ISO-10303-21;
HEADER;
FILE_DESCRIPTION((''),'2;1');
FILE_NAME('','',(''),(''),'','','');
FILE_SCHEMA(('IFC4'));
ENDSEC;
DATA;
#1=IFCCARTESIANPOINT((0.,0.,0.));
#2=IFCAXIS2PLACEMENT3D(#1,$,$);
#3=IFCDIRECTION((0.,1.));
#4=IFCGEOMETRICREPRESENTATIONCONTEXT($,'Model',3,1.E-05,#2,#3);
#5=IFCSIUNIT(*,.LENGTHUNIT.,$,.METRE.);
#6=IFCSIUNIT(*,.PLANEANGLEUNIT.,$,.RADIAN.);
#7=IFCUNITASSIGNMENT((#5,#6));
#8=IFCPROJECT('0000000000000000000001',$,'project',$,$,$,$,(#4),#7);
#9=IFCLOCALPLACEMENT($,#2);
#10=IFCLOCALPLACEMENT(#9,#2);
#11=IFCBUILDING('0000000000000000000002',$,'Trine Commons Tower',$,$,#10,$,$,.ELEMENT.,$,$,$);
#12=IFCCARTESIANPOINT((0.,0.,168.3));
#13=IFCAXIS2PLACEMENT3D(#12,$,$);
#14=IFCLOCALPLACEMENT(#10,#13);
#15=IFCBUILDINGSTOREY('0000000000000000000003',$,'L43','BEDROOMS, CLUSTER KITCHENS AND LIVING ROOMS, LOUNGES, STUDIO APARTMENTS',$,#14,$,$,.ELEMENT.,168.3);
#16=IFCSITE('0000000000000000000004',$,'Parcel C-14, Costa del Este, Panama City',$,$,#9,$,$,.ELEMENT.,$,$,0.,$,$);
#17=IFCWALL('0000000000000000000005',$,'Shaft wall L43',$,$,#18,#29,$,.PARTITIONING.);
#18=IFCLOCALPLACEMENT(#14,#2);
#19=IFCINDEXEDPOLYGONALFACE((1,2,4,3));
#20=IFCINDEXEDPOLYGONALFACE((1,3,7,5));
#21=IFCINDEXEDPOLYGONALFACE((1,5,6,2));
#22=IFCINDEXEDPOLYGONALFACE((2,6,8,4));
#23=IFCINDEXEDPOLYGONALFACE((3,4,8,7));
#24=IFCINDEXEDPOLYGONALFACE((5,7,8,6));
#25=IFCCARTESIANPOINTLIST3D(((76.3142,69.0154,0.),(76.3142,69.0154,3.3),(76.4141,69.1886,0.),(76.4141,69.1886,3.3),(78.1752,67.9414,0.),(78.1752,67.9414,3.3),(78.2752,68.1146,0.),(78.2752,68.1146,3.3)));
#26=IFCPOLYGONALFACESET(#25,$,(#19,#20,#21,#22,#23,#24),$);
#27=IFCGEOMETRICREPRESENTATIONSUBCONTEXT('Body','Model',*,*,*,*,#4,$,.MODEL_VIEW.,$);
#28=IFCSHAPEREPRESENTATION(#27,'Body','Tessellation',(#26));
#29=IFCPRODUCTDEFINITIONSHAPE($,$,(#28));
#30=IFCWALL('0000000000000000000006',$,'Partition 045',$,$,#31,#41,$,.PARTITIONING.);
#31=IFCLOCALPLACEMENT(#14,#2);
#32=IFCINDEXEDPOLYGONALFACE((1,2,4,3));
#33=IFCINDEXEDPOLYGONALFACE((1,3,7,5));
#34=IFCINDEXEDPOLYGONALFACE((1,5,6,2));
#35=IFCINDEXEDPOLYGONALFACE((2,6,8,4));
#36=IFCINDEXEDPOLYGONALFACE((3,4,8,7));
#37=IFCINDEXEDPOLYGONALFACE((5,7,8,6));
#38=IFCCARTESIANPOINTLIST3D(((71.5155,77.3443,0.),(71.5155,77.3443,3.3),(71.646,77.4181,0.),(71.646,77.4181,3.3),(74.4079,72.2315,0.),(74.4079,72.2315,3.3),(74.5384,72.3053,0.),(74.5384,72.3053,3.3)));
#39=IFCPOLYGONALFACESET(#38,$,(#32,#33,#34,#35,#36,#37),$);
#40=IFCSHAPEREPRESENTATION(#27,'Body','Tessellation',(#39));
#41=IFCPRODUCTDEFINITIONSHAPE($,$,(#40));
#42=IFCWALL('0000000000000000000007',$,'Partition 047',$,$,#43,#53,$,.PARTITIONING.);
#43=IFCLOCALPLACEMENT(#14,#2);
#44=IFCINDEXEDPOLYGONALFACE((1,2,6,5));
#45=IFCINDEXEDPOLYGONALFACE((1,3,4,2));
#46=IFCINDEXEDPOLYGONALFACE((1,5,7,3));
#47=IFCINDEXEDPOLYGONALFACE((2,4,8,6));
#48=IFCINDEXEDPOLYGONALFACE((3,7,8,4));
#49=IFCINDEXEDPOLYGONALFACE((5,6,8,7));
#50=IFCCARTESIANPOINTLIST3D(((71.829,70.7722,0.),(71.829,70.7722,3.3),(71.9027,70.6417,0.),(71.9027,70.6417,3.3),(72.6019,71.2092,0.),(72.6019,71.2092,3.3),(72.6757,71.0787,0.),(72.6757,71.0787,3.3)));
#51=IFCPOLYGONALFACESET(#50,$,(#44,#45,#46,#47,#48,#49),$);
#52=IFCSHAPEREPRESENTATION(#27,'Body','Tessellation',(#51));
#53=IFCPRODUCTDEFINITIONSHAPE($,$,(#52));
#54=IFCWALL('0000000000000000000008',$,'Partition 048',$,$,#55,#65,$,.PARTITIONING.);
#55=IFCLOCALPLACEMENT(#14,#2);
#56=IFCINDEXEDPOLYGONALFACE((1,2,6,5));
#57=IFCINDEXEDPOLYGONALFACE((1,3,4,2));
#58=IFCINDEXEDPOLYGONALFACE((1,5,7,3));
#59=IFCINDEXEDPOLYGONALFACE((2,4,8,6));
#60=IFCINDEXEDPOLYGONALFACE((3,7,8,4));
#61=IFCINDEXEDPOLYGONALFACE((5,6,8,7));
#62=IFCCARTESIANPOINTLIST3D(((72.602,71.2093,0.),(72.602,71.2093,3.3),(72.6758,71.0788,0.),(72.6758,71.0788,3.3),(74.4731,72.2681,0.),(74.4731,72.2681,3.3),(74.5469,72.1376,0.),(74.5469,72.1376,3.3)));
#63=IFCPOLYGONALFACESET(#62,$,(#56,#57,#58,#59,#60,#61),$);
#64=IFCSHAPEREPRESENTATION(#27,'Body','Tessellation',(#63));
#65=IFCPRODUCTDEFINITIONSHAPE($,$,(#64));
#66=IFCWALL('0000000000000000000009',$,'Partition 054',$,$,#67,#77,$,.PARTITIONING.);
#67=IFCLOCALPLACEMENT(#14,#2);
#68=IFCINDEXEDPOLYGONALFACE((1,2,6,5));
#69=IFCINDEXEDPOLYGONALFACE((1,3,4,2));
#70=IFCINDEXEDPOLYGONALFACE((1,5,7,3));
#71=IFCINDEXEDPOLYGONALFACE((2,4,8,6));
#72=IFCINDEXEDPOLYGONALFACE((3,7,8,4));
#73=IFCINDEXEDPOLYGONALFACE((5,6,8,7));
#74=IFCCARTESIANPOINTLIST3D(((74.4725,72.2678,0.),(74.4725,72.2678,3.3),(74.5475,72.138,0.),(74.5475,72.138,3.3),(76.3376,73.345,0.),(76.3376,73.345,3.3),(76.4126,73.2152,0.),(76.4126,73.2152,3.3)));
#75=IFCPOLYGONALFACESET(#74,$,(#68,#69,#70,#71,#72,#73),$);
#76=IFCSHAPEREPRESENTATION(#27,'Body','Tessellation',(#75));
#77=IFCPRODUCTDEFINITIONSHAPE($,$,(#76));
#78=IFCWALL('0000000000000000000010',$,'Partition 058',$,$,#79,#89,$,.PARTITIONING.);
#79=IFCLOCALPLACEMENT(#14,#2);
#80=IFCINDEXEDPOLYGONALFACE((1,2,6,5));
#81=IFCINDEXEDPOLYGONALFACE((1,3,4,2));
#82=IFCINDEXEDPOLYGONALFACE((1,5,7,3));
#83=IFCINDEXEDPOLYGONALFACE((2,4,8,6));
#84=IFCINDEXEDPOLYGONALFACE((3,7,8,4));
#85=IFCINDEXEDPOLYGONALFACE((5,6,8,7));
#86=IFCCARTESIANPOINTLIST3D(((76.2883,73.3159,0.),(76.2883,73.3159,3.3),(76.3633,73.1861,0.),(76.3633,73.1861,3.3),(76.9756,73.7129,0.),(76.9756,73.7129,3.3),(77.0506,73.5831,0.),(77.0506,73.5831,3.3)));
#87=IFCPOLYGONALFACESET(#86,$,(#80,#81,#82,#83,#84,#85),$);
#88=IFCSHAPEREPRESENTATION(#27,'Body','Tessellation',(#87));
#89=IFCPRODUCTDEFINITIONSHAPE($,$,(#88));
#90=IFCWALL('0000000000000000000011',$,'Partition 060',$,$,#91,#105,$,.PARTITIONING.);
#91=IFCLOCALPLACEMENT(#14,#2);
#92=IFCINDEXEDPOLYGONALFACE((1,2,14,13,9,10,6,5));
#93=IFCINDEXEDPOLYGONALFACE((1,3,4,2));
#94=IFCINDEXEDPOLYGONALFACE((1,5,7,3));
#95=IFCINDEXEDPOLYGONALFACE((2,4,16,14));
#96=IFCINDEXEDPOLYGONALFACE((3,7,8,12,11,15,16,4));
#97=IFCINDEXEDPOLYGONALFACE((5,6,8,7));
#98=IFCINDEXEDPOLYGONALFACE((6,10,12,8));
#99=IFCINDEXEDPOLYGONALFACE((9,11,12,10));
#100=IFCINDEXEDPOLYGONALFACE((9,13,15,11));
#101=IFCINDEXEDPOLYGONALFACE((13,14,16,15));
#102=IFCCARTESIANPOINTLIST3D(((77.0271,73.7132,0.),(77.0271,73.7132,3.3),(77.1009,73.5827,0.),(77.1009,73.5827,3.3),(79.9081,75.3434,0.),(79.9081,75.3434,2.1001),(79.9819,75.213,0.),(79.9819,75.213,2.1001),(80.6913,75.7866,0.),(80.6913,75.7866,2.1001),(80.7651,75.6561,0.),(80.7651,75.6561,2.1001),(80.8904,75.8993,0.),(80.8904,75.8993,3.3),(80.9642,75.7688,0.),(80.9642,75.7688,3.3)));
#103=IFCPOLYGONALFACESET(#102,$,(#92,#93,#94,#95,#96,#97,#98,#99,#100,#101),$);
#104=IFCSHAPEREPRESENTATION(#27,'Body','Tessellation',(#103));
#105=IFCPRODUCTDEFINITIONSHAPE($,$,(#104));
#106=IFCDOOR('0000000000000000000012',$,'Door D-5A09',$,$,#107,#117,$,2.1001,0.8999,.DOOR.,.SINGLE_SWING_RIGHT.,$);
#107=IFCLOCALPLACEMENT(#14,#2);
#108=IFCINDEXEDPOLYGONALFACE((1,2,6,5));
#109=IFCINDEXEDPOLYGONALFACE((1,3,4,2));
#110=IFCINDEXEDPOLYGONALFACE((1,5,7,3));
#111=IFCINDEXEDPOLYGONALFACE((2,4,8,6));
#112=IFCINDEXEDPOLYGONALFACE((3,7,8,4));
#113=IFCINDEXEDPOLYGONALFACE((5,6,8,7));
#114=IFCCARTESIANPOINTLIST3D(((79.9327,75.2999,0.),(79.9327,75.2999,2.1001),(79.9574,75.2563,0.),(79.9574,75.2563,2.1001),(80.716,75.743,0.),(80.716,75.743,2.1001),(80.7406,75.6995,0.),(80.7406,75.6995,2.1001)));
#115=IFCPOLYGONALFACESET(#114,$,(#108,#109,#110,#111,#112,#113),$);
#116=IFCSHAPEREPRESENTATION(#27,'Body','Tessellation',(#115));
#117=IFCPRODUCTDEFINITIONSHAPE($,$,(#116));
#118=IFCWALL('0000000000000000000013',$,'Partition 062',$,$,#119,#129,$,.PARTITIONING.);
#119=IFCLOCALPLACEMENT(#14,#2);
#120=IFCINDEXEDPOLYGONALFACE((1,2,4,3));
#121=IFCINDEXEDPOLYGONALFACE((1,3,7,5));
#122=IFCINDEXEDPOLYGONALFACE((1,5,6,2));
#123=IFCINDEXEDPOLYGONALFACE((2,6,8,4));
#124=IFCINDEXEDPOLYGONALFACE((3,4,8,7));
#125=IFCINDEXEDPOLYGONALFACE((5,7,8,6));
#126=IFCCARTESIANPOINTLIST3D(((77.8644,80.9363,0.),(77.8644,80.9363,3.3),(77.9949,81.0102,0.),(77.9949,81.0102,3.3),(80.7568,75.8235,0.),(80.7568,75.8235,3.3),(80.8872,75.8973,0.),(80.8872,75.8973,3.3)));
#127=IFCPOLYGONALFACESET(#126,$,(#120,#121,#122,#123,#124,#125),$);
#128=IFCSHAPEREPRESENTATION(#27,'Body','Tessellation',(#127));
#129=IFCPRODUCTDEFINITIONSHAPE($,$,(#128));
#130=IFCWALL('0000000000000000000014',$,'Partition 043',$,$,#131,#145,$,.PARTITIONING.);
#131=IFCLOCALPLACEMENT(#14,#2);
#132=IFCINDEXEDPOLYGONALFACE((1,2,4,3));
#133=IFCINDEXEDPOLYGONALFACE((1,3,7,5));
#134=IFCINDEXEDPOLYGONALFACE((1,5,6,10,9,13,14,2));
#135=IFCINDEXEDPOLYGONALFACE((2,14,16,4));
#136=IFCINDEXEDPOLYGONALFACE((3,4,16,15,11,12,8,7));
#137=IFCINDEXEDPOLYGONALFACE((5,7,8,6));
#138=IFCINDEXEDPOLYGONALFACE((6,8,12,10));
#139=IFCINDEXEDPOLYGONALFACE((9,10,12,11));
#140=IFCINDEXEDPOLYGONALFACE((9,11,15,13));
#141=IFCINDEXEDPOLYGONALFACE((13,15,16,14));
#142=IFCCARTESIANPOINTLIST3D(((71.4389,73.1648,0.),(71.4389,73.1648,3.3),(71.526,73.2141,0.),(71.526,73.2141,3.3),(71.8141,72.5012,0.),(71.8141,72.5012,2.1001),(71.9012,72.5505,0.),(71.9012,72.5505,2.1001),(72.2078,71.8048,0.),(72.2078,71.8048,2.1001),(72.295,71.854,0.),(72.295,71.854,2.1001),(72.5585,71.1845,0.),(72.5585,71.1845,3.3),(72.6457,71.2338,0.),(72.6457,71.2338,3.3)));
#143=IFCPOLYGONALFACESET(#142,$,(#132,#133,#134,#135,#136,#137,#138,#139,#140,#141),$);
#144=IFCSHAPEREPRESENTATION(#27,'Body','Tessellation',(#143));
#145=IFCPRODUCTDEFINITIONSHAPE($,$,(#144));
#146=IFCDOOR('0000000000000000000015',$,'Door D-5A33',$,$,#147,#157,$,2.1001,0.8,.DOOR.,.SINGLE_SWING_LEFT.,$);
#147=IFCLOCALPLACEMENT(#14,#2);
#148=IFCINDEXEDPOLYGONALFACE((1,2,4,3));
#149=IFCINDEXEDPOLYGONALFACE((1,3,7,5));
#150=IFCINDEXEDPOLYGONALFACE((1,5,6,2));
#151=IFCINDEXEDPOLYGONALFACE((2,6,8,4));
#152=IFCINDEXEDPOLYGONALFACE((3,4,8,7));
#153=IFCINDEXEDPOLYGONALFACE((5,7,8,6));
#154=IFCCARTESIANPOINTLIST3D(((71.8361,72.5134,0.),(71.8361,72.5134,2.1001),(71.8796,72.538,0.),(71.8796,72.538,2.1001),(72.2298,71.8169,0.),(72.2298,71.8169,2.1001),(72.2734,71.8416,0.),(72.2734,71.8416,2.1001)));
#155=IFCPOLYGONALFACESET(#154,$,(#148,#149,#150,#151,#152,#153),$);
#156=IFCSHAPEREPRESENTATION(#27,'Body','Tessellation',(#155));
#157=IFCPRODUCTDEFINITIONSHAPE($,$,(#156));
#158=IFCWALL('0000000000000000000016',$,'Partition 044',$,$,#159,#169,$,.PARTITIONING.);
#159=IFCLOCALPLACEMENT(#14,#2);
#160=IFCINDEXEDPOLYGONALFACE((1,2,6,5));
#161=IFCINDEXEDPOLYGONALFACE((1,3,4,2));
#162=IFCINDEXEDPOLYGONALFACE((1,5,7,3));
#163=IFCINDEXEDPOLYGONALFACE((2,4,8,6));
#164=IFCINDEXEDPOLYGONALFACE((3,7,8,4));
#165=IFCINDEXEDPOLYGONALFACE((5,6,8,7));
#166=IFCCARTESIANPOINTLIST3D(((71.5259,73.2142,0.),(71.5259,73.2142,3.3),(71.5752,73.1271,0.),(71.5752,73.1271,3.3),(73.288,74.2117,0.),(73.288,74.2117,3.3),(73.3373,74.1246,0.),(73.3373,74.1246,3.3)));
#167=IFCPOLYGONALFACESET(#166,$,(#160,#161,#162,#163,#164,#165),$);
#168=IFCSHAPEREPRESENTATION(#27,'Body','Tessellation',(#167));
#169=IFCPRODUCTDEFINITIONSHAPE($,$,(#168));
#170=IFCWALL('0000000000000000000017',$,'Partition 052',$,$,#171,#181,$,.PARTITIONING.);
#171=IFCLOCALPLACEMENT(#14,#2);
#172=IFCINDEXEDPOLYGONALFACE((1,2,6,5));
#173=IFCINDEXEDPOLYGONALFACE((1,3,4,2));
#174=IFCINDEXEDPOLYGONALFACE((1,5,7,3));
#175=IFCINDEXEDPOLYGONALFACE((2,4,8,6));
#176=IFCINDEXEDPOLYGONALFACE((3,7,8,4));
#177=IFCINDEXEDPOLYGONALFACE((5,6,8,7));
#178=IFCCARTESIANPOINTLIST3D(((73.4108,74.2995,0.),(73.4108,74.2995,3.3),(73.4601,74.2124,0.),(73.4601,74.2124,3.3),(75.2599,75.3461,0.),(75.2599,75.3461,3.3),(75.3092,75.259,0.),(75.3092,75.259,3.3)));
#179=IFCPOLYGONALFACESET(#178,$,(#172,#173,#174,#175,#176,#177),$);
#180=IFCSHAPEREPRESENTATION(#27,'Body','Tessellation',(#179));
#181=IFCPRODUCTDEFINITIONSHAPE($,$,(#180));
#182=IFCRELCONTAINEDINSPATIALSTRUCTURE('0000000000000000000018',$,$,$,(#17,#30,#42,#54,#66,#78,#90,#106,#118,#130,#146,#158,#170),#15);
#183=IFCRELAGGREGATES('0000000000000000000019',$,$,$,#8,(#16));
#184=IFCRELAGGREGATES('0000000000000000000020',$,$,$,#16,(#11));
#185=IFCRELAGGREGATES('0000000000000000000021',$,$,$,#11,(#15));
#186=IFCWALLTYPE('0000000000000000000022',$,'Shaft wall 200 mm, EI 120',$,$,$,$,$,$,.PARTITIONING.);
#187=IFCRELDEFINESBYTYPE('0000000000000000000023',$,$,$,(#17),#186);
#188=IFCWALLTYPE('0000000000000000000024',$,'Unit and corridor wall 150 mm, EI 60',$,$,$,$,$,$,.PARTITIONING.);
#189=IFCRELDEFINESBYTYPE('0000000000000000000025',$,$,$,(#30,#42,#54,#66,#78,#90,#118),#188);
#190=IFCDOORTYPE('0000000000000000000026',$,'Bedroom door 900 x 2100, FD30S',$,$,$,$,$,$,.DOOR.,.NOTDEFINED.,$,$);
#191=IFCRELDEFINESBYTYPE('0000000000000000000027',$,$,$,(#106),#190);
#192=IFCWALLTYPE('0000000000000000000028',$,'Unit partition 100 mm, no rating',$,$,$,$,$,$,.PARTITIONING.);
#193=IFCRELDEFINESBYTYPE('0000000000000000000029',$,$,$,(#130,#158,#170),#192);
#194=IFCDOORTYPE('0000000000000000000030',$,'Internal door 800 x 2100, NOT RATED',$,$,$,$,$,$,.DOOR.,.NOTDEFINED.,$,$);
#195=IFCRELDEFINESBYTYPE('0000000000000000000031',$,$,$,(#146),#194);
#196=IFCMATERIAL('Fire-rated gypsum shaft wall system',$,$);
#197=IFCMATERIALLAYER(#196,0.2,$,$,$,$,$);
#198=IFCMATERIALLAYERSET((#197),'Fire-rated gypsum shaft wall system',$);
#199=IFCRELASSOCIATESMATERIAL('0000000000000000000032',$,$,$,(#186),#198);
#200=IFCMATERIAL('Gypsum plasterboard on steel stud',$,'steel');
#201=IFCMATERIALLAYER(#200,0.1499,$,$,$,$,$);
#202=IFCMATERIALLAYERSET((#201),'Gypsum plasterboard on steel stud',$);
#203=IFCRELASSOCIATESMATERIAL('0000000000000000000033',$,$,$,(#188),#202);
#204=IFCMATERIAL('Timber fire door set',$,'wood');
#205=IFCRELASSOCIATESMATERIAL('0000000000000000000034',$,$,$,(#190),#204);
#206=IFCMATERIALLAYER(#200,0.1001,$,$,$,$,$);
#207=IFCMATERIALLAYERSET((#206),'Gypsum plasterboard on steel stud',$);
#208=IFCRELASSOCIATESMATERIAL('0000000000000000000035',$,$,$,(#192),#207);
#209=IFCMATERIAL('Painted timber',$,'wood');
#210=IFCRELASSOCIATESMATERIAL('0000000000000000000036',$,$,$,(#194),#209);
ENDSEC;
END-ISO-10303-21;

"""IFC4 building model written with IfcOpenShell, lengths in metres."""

from ifc_helpers import new_model, si_unit, direction, frame, frame_2d, origin, place, context, subcontext, project, spatial, rectangle, extrude, material, layer, layer_set, type_object, element, fill, save


model = new_model("IFC4")

# Units and contexts
model_context = context("Model", 3, precision=1e-05, world=origin(), true_north=direction((0.0, 1.0)))
body_context = subcontext(model_context, "Body", "Model", "MODEL_VIEW")
ifc_project = project(units=[si_unit("LENGTHUNIT", "METRE"), si_unit("PLANEANGLEUNIT", "RADIAN")], contexts=[model_context])

# Site, building, storey
site_placement = place(None, origin())
site = spatial("IfcSite", under=ifc_project, at=site_placement, Name="Parcel C-14, Costa del Este, Panama City", CompositionType="ELEMENT", RefElevation=0.0)
building_placement = place(site_placement, origin())
building = spatial("IfcBuilding", under=site, at=building_placement, Name="Trine Commons Tower", CompositionType="ELEMENT")
storey_placement = place(building_placement, frame((0.0, 0.0, 168.3)))
storey = spatial("IfcBuildingStorey", under=building, at=storey_placement, Name="L43", Description="BEDROOMS, CLUSTER KITCHENS AND LIVING ROOMS, LOUNGES, STUDIO APARTMENTS", CompositionType="ELEMENT", Elevation=168.3)

# Walls
ifc_material_1 = material(Name="Fire-rated gypsum shaft wall system")
ifc_layer_1 = layer(ifc_material_1, 0.2)
ifc_layer_set_1 = layer_set([ifc_layer_1], Name="Fire-rated gypsum shaft wall system")
wall_type_1 = type_object("IfcWallType", Name="Shaft wall 200 mm, EI 120", PredefinedType="PARTITIONING", material=ifc_layer_set_1)
wall_1_placement = place(storey_placement, frame((78.2251, 68.0281, 0.0), z_axis=(0.0, 0.0, 1.0), x_axis=(-0.866131, 0.499818, 0.0)))
element("IfcWall", 1, at=wall_1_placement, inside=storey, type_object=wall_type_1, Name="Shaft wall L43", PredefinedType="PARTITIONING", context=body_context, shape_type="SweptSolid", body=[
    extrude(rectangle(XDim=2.1487, YDim=0.2, at=frame_2d((1.0742, 0.0))), origin(), (0.0, 0.0, 1.0), 3.3),
])
ifc_material_2 = material(Name="Gypsum plasterboard on steel stud", Category="steel")
ifc_layer_2 = layer(ifc_material_2, 0.1499)
ifc_layer_set_2 = layer_set([ifc_layer_2], Name="Gypsum plasterboard on steel stud")
wall_type_2 = type_object("IfcWallType", Name="Unit and corridor wall 150 mm, EI 60", PredefinedType="PARTITIONING", material=ifc_layer_set_2)
wall_2_placement = place(storey_placement, frame((71.5808, 77.3811, 0.0), z_axis=(0.0, 0.0, 1.0), x_axis=(0.492379, -0.870381, 0.0)))
element("IfcWall", 2, at=wall_2_placement, inside=storey, type_object=wall_type_2, Name="Partition 045", PredefinedType="PARTITIONING", context=body_context, shape_type="SweptSolid", body=[
    extrude(rectangle(XDim=5.8743, YDim=0.1499, at=frame_2d((2.937, 0.0))), origin(), (0.0, 0.0, 1.0), 3.3),
])
wall_3_placement = place(storey_placement, frame((71.866, 70.707, 0.0), z_axis=(0.0, 0.0, 1.0), x_axis=(0.870501, 0.492166, 0.0)))
element("IfcWall", 3, at=wall_3_placement, inside=storey, type_object=wall_type_2, Name="Partition 047", PredefinedType="PARTITIONING", context=body_context, shape_type="SweptSolid", body=[
    extrude(rectangle(XDim=0.8879, YDim=0.1499, at=frame_2d((0.4438, 0.0))), origin(), (0.0, 0.0, 1.0), 3.3),
])
wall_4_placement = place(storey_placement, frame((72.6389, 71.144, 0.0), z_axis=(0.0, 0.0, 1.0), x_axis=(0.870311, 0.492502, 0.0)))
element("IfcWall", 4, at=wall_4_placement, inside=storey, type_object=wall_type_2, Name="Partition 048", PredefinedType="PARTITIONING", context=body_context, shape_type="SweptSolid", body=[
    extrude(rectangle(XDim=2.1499, YDim=0.1499, at=frame_2d((1.075, 0.0))), origin(), (0.0, 0.0, 1.0), 3.3),
])
wall_5_placement = place(storey_placement, frame((74.51, 72.2029, 0.0), z_axis=(0.0, 0.0, 1.0), x_axis=(0.865946, 0.500138, 0.0)))
element("IfcWall", 5, at=wall_5_placement, inside=storey, type_object=wall_type_2, Name="Partition 054", PredefinedType="PARTITIONING", context=body_context, shape_type="SweptSolid", body=[
    extrude(rectangle(XDim=2.1538, YDim=0.1499, at=frame_2d((1.0769, 0.0))), origin(), (0.0, 0.0, 1.0), 3.3),
])
wall_6_placement = place(storey_placement, frame((76.3257, 73.251, 0.0), z_axis=(0.0, 0.0, 1.0), x_axis=(0.865924, 0.500175, 0.0)))
element("IfcWall", 6, at=wall_6_placement, inside=storey, type_object=wall_type_2, Name="Partition 058", PredefinedType="PARTITIONING", context=body_context, shape_type="SweptSolid", body=[
    extrude(rectangle(XDim=0.7937, YDim=0.1499, at=frame_2d((0.397, 0.0))), origin(), (0.0, 0.0, 1.0), 3.3),
])

# Wall, opening, door
wall_7_placement = place(storey_placement, frame((77.064, 73.6479, 0.0), z_axis=(0.0, 0.0, 1.0), x_axis=(0.870327, 0.492474, 0.0)))
wall_7 = element("IfcWall", 7, at=wall_7_placement, inside=storey, type_object=wall_type_2, Name="Partition 060", PredefinedType="PARTITIONING", context=body_context, shape_type="SweptSolid", body=[
    extrude(rectangle(XDim=4.439, YDim=0.1499, at=frame_2d((2.2195, 0.0))), origin(), (0.0, 0.0, 1.0), 3.3),
])
opening_1_placement = place(wall_7_placement, frame((3.3103, 0.0, 0.0)))
opening_1 = element("IfcOpeningElement", 8, at=opening_1_placement, cuts=wall_7, PredefinedType="OPENING", context=body_context, shape_type="SweptSolid", body=[
    extrude(rectangle(XDim=0.8999, YDim=2.1001, at=frame_2d((0.45, 1.05))), frame((0.0, 0.085, 0.0), z_axis=(0.0, -1.0, 0.0), x_axis=(1.0, 0.0, 0.0)), (0.0, 0.0, 1.0), 0.1699),
])
ifc_material_3 = material(Name="Timber fire door set", Category="wood")
door_type_1 = type_object("IfcDoorType", Name="Bedroom door 900 x 2100, FD30S", OperationType="NOTDEFINED", PredefinedType="DOOR", material=ifc_material_3)
door_1_placement = place(opening_1_placement, origin())
door_1 = element("IfcDoor", 9, at=door_1_placement, inside=storey, type_object=door_type_1, Name="Door D-5A09", OperationType="SINGLE_SWING_RIGHT", OverallHeight=2.1001, OverallWidth=0.8999, PredefinedType="DOOR", context=body_context, shape_type="SweptSolid", body=[
    extrude(rectangle(XDim=0.8999, YDim=2.1001, at=frame_2d((0.45, 1.05))), frame((0.0, 0.0249, 0.0), z_axis=(0.0, -1.0, 0.0), x_axis=(1.0, 0.0, 0.0)), (0.0, 0.0, 1.0), 0.05),
])
fill(opening_1, door_1)

# Wall
wall_8_placement = place(storey_placement, frame((77.9297, 80.9731, 0.0), z_axis=(0.0, 0.0, 1.0), x_axis=(0.492379, -0.870381, 0.0)))
element("IfcWall", 10, at=wall_8_placement, inside=storey, type_object=wall_type_2, Name="Partition 062", PredefinedType="PARTITIONING", context=body_context, shape_type="SweptSolid", body=[
    extrude(rectangle(XDim=5.8743, YDim=0.1499, at=frame_2d((2.937, 0.0))), origin(), (0.0, 0.0, 1.0), 3.3),
])

# Wall, opening, door
ifc_layer_3 = layer(ifc_material_2, 0.1001)
ifc_layer_set_3 = layer_set([ifc_layer_3], Name="Gypsum plasterboard on steel stud")
wall_type_3 = type_object("IfcWallType", Name="Unit partition 100 mm, no rating", PredefinedType="PARTITIONING", material=ifc_layer_set_3)
wall_9_placement = place(storey_placement, frame((71.4824, 73.1895, 0.0), z_axis=(0.0, 0.0, 1.0), x_axis=(0.492181, -0.870493, 0.0)))
wall_9 = element("IfcWall", 11, at=wall_9_placement, inside=storey, type_object=wall_type_3, Name="Partition 043", PredefinedType="PARTITIONING", context=body_context, shape_type="SweptSolid", body=[
    extrude(rectangle(XDim=2.2749, YDim=0.1001, at=frame_2d((1.1375, 0.0))), origin(), (0.0, 0.0, 1.0), 3.3),
])
opening_2_placement = place(wall_9_placement, frame((0.7625, 0.0, 0.0)))
opening_2 = element("IfcOpeningElement", 12, at=opening_2_placement, cuts=wall_9, PredefinedType="OPENING", context=body_context, shape_type="SweptSolid", body=[
    extrude(rectangle(XDim=0.8, YDim=2.1001, at=frame_2d((0.3999, 1.05))), frame((0.0, 0.0601, 0.0), z_axis=(0.0, -1.0, 0.0), x_axis=(1.0, 0.0, 0.0)), (0.0, 0.0, 1.0), 0.1201),
])
ifc_material_4 = material(Name="Painted timber", Category="wood")
door_type_2 = type_object("IfcDoorType", Name="Internal door 800 x 2100, NOT RATED", OperationType="NOTDEFINED", PredefinedType="DOOR", material=ifc_material_4)
door_2_placement = place(opening_2_placement, frame((0.8, 0.0, 0.0), z_axis=(0.0, 0.0, 1.0), x_axis=(-1.0, 0.0, 0.0)))
door_2 = element("IfcDoor", 13, at=door_2_placement, inside=storey, type_object=door_type_2, Name="Door D-5A33", OperationType="SINGLE_SWING_LEFT", OverallHeight=2.1001, OverallWidth=0.8, PredefinedType="DOOR", context=body_context, shape_type="SweptSolid", body=[
    extrude(rectangle(XDim=0.8, YDim=2.1001, at=frame_2d((0.3999, 1.05))), frame((0.0, 0.0249, 0.0), z_axis=(0.0, -1.0, 0.0), x_axis=(1.0, 0.0, 0.0)), (0.0, 0.0, 1.0), 0.05),
])
fill(opening_2, door_2)

# Walls
wall_10_placement = place(storey_placement, frame((71.5505, 73.1707, 0.0), z_axis=(0.0, 0.0, 1.0), x_axis=(0.870239, 0.492629, 0.0)))
element("IfcWall", 14, at=wall_10_placement, inside=storey, type_object=wall_type_3, Name="Partition 044", PredefinedType="PARTITIONING", context=body_context, shape_type="SweptSolid", body=[
    extrude(rectangle(XDim=2.0249, YDim=0.1001, at=frame_2d((1.0125, 0.0))), origin(), (0.0, 0.0, 1.0), 3.3),
])
wall_11_placement = place(storey_placement, frame((73.4353, 74.2559, 0.0), z_axis=(0.0, 0.0, 1.0), x_axis=(0.870265, 0.492583, 0.0)))
element("IfcWall", 15, at=wall_11_placement, inside=storey, type_object=wall_type_3, Name="Partition 052", PredefinedType="PARTITIONING", context=body_context, shape_type="SweptSolid", body=[
    extrude(rectangle(XDim=2.1248, YDim=0.1001, at=frame_2d((1.0625, 0.0))), origin(), (0.0, 0.0, 1.0), 3.3),
])

save(model, "model.ifc")
